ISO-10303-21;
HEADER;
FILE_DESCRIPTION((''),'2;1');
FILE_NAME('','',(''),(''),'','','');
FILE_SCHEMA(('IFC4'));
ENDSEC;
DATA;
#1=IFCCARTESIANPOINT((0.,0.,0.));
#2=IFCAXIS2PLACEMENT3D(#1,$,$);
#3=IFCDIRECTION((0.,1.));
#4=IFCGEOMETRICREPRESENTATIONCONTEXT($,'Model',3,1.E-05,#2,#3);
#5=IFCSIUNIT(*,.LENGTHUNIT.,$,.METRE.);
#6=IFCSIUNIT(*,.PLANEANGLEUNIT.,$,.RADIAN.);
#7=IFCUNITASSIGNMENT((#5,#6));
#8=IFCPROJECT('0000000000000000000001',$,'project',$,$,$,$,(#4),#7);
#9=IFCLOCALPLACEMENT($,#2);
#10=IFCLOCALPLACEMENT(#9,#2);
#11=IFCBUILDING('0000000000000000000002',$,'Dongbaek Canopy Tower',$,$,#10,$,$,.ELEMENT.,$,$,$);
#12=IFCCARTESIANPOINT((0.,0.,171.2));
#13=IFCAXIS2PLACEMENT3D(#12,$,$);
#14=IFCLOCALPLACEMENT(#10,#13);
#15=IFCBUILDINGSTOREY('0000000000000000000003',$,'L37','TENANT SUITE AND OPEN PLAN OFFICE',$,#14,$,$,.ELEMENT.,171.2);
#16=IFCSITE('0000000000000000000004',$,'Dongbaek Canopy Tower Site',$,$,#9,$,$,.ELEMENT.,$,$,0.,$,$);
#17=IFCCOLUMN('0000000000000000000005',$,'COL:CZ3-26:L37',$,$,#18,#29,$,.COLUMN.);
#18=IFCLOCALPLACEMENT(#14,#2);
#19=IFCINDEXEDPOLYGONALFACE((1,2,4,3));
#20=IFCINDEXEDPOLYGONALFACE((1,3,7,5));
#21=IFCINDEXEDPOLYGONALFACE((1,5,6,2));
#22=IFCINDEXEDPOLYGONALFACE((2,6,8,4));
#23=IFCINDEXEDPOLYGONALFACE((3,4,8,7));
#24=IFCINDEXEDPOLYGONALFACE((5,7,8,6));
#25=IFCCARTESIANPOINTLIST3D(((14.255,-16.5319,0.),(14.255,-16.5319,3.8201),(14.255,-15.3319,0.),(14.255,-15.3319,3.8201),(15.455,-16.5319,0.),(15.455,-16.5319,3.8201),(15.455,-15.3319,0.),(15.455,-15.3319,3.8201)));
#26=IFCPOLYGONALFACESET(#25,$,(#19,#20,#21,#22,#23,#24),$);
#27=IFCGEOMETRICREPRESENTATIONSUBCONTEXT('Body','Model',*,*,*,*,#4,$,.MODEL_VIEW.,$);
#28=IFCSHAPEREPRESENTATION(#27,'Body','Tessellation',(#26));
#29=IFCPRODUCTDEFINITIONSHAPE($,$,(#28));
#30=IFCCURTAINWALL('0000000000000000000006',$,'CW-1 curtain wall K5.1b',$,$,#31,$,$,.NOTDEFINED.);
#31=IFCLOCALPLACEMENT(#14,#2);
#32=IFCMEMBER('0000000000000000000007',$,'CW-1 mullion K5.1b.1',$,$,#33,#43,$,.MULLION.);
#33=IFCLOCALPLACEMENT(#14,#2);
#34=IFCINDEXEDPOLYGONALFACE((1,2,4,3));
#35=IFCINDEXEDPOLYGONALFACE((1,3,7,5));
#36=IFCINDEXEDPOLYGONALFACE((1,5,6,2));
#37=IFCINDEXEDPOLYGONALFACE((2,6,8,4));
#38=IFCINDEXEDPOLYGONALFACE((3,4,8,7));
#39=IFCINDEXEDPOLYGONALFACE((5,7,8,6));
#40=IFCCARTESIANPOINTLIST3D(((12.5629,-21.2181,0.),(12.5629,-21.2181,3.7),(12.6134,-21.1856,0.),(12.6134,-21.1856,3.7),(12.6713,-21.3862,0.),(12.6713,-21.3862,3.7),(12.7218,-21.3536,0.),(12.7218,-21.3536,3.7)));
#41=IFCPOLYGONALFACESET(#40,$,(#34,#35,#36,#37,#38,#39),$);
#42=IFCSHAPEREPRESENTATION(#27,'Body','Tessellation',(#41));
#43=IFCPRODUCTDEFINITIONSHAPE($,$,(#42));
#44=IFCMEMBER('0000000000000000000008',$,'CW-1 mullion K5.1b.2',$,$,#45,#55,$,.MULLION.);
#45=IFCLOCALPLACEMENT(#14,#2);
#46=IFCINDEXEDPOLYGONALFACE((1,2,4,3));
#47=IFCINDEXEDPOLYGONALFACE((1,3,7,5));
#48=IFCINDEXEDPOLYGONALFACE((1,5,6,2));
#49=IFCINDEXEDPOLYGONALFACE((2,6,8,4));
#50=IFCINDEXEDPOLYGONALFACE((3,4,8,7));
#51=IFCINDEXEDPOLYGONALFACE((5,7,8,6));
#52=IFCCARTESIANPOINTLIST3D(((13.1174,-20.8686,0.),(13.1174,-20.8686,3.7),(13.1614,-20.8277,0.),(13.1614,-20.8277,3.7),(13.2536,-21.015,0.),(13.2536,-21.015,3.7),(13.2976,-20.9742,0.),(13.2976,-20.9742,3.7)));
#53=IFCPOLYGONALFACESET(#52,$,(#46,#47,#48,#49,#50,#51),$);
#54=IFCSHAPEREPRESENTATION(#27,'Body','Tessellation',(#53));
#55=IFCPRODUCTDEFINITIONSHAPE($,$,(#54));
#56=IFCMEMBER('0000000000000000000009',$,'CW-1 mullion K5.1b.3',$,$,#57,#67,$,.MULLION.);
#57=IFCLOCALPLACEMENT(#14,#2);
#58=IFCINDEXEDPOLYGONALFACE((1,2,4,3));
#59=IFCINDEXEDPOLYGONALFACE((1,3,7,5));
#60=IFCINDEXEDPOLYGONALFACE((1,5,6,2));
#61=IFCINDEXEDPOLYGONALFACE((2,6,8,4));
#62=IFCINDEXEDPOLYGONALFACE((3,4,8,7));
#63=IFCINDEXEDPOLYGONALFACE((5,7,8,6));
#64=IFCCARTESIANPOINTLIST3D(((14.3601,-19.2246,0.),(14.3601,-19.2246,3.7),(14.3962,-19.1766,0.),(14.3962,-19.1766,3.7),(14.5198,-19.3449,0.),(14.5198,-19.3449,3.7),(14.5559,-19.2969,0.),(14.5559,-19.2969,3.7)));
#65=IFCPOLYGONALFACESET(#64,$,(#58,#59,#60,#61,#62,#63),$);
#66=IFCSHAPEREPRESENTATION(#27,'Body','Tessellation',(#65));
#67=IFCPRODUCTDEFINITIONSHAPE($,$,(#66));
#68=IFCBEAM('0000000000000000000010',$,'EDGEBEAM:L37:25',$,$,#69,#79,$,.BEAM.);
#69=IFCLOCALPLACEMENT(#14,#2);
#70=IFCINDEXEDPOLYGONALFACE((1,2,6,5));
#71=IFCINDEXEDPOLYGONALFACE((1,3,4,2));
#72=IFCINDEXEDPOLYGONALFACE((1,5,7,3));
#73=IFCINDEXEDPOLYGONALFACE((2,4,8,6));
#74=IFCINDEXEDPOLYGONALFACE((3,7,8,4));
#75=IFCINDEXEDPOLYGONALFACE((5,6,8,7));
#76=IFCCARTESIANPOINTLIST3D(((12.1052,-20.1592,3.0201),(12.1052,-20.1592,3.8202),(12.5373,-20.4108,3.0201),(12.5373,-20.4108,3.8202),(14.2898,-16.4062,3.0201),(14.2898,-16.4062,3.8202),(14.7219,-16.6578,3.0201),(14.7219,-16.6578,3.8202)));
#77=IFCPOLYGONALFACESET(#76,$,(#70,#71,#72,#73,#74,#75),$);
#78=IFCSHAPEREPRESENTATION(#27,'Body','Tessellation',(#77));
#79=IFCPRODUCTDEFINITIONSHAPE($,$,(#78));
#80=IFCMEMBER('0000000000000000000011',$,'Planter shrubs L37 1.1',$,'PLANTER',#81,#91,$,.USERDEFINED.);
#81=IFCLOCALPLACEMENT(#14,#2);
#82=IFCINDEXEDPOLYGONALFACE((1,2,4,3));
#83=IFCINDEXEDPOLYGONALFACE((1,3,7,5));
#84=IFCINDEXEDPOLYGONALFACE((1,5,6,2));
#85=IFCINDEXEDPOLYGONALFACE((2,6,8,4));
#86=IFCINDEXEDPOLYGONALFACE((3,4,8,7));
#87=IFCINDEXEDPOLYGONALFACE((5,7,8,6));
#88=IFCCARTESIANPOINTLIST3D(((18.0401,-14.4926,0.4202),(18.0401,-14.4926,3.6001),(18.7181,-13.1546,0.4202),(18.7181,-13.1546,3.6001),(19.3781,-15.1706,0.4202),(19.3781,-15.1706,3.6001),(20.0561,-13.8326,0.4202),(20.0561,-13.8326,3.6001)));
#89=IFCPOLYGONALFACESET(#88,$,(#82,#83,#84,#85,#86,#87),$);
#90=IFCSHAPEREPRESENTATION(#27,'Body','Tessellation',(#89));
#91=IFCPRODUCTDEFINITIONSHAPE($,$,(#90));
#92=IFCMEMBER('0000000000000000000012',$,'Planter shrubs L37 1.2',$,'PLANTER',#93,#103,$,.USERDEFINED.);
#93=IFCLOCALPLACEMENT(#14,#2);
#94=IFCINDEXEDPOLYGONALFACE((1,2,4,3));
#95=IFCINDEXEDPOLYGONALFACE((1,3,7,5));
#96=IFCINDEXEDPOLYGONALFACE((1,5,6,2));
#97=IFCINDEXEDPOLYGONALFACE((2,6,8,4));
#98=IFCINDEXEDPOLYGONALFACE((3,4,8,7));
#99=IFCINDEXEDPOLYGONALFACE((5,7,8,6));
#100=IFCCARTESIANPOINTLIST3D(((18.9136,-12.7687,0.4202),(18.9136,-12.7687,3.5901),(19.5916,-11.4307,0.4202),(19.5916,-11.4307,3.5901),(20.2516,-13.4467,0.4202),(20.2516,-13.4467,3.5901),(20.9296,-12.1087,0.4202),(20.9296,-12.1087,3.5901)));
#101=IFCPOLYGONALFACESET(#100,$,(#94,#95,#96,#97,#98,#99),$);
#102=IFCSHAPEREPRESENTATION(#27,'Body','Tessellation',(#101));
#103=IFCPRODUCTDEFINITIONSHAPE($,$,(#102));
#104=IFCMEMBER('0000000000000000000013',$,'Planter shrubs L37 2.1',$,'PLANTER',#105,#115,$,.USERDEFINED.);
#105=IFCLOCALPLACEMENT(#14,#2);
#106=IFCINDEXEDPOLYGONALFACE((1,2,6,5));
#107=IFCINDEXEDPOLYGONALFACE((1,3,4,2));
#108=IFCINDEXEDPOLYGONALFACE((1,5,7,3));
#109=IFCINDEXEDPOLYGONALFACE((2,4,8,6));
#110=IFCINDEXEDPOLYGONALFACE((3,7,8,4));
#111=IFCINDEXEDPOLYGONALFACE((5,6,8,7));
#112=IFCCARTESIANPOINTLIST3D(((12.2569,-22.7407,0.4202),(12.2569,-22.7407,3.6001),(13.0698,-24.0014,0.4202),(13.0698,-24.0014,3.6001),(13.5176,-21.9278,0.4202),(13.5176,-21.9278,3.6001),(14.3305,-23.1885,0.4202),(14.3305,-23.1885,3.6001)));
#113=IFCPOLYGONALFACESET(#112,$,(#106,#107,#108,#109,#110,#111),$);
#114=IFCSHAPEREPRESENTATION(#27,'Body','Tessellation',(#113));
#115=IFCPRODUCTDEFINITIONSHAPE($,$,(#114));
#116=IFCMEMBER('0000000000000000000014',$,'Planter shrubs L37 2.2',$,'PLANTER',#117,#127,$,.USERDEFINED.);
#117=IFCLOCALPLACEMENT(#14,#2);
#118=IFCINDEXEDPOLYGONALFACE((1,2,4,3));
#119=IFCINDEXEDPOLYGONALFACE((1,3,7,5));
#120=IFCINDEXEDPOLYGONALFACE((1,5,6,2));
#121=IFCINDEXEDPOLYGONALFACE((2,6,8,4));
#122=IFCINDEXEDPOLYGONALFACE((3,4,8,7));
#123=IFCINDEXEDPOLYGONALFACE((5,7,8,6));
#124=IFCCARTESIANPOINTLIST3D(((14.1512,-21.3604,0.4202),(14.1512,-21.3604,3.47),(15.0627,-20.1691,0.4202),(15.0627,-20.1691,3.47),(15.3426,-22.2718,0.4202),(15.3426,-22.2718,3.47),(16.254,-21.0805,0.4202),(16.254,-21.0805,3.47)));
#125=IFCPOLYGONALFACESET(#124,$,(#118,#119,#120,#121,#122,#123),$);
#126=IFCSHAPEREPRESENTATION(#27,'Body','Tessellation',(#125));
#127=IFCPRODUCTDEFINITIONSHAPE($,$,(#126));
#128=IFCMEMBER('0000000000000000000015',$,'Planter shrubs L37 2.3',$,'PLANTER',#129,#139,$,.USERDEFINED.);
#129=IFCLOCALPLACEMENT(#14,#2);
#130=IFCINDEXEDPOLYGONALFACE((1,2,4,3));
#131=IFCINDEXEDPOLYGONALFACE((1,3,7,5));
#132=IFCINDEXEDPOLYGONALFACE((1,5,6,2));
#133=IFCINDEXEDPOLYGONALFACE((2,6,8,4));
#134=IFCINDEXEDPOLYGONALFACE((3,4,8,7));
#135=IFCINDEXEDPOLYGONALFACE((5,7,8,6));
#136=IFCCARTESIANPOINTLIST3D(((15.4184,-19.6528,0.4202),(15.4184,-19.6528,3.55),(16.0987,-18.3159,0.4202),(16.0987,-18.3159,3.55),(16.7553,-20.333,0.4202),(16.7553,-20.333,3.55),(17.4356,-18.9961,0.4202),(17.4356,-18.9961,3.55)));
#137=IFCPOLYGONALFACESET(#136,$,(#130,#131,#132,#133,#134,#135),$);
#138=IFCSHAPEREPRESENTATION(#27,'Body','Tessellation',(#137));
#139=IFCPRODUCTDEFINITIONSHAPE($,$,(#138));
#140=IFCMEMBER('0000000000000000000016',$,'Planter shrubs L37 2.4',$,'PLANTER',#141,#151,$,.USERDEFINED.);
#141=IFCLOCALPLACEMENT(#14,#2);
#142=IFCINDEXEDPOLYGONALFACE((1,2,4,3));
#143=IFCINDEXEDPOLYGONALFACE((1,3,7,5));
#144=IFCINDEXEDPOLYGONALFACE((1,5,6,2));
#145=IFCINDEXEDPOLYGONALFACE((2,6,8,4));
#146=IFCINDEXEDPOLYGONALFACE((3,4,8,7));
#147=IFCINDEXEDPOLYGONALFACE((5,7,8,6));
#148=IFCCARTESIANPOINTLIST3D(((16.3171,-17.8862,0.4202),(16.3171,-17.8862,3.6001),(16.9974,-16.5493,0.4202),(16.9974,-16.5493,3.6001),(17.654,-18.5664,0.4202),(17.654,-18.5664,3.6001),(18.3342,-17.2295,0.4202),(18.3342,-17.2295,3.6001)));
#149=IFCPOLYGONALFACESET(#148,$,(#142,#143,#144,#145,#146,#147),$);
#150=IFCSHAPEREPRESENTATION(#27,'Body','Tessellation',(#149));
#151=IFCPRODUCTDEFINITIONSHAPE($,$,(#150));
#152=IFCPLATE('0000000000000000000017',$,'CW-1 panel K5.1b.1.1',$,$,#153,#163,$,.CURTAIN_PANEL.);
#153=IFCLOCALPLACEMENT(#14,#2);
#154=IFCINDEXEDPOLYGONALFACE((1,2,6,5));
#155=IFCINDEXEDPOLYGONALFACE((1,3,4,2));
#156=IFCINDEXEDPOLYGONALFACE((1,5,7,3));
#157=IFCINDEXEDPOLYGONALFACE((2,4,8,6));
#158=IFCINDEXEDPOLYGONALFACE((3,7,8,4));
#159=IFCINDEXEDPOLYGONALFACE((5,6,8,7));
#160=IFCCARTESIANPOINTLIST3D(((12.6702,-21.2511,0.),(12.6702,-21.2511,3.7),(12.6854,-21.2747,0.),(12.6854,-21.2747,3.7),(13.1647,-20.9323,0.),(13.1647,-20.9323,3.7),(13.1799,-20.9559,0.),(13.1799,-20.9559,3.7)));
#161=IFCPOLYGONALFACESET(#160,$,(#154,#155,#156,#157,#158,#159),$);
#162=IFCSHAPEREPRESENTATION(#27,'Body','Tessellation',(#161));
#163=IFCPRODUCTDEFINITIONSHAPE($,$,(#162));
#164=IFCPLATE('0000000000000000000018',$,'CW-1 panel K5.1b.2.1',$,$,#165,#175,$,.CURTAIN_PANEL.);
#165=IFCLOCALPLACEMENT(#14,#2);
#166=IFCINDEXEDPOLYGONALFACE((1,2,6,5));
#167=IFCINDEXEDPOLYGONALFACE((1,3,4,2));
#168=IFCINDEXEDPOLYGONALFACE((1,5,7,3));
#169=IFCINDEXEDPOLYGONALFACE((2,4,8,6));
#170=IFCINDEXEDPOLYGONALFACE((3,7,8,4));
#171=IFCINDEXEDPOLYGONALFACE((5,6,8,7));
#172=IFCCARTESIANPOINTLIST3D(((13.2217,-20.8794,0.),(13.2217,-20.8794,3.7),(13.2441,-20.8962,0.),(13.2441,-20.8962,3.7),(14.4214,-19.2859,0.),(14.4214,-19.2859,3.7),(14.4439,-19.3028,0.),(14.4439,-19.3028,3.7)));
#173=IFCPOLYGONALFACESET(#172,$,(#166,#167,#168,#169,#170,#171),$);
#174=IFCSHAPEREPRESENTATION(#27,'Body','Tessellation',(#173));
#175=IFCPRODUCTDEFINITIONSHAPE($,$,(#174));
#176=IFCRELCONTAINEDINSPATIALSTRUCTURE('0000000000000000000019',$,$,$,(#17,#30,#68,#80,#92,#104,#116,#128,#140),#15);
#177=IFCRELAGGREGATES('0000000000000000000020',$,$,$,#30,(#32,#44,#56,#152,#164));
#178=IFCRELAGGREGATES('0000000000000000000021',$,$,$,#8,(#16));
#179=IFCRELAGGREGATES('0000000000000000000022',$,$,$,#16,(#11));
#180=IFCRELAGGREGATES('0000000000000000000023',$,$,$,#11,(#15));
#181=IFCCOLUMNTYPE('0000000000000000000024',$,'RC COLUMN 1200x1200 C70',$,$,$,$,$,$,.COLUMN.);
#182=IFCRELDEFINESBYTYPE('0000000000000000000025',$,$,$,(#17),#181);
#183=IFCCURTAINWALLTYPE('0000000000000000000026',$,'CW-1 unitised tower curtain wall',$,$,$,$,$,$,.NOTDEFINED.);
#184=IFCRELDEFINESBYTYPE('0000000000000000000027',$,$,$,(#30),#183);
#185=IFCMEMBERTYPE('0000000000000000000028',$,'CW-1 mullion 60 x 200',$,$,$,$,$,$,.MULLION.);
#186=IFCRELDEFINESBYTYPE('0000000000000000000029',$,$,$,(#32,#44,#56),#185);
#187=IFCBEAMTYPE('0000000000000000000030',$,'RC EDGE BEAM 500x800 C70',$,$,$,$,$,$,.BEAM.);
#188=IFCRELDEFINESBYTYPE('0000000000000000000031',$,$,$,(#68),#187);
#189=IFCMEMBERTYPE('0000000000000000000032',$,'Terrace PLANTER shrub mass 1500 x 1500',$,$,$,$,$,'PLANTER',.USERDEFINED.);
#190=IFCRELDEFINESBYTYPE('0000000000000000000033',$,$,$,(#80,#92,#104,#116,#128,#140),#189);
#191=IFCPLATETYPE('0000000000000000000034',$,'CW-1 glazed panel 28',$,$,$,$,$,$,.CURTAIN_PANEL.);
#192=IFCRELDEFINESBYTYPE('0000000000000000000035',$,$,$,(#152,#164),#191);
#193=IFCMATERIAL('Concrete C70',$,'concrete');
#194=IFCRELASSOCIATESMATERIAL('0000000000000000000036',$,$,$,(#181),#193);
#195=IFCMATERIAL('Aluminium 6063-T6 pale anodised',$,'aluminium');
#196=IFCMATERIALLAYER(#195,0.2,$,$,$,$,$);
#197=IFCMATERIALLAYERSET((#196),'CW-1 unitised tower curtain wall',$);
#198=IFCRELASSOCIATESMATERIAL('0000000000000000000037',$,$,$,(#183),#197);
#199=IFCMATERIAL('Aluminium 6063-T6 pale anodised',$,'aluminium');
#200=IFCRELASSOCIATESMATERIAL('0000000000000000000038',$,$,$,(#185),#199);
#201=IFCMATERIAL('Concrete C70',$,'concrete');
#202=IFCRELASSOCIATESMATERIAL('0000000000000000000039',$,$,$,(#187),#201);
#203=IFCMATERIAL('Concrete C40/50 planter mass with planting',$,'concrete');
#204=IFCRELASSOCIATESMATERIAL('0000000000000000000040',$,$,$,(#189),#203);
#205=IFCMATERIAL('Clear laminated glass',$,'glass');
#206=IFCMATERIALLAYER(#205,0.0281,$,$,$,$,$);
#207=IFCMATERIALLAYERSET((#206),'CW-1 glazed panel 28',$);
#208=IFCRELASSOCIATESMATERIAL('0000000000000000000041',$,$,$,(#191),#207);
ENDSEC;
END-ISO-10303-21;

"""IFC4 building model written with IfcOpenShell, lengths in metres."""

from ifc_helpers import new_model, si_unit, direction, frame, origin, origin_2d, place, context, subcontext, project, spatial, rectangle, extrude, material, layer, layer_set, material_profile, profile_set, type_object, element, aggregate, save


model = new_model("IFC4")

# Units and contexts
model_context = context("Model", 3, precision=1e-05, world=origin(), true_north=direction((0.0, 1.0)))
body_context = subcontext(model_context, "Body", "Model", "MODEL_VIEW")
ifc_project = project(units=[si_unit("LENGTHUNIT", "METRE"), si_unit("PLANEANGLEUNIT", "RADIAN")], contexts=[model_context])

# Site, building, storey
site_placement = place(None, origin())
site = spatial("IfcSite", under=ifc_project, at=site_placement, Name="Dongbaek Canopy Tower Site", CompositionType="ELEMENT", RefElevation=0.0)
building_placement = place(site_placement, origin())
building = spatial("IfcBuilding", under=site, at=building_placement, Name="Dongbaek Canopy Tower", CompositionType="ELEMENT")
storey_placement = place(building_placement, frame((0.0, 0.0, 171.2)))
storey = spatial("IfcBuildingStorey", under=building, at=storey_placement, Name="L37", Description="TENANT SUITE AND OPEN PLAN OFFICE", CompositionType="ELEMENT", Elevation=171.2)

# Column
ifc_material_1 = material(Name="Concrete C70", Category="concrete")
ifc_material_profile_1 = material_profile(ifc_material_1, rectangle(XDim=1.2, YDim=1.2, at=origin_2d()), Name="RC COLUMN 1200x1200 C70")
ifc_profile_set_1 = profile_set([ifc_material_profile_1], Name="Concrete C70")
column_type = type_object("IfcColumnType", Name="RC COLUMN 1200x1200 C70", PredefinedType="COLUMN", material=ifc_profile_set_1)
column_placement = place(storey_placement, frame((14.855, -15.9319, 0.0), z_axis=(0.0, 0.0, 1.0), x_axis=(1.0, 0.0, 0.0)))
element("IfcColumn", 1, at=column_placement, inside=storey, type_object=column_type, Name="COL:CZ3-26:L37", PredefinedType="COLUMN", context=body_context, shape_type="SweptSolid", body=[
    extrude(rectangle(XDim=1.2, YDim=1.2, at=origin_2d()), origin(), (0.0, 0.0, 1.0), 3.8201),
])

# Curtain wall, members
ifc_material_2 = material(Name="Aluminium 6063-T6 pale anodised", Category="aluminium")
ifc_layer_1 = layer(ifc_material_2, 0.2)
ifc_layer_set_1 = layer_set([ifc_layer_1], Name="CW-1 unitised tower curtain wall")
curtain_wall_type = type_object("IfcCurtainWallType", Name="CW-1 unitised tower curtain wall", PredefinedType="NOTDEFINED", material=ifc_layer_set_1)
curtain_wall_placement = place(storey_placement, origin())
curtain_wall = element("IfcCurtainWall", 2, at=curtain_wall_placement, inside=storey, type_object=curtain_wall_type, Name="CW-1 curtain wall K5.1b", PredefinedType="NOTDEFINED")
ifc_material_3 = material(Name="Aluminium 6063-T6 pale anodised", Category="aluminium")
ifc_material_profile_2 = material_profile(ifc_material_3, rectangle(XDim=0.2, YDim=0.0601, at=origin_2d()), Name="CW-1 mullion 60 x 200")
ifc_profile_set_2 = profile_set([ifc_material_profile_2], Name="Aluminium 6063-T6 pale anodised")
member_type_1 = type_object("IfcMemberType", Name="CW-1 mullion 60 x 200", PredefinedType="MULLION", material=ifc_profile_set_2)
member_1_placement = place(storey_placement, frame((12.6423, -21.2859, 0.0), z_axis=(0.0, 0.0, 1.0), x_axis=(0.541917, -0.840432, 0.0)))
member_1 = element("IfcMember", 3, at=member_1_placement, type_object=member_type_1, Name="CW-1 mullion K5.1b.1", PredefinedType="MULLION", context=body_context, shape_type="SweptSolid", body=[
    extrude(rectangle(XDim=0.2, YDim=0.0601, at=origin_2d()), origin(), (0.0, 0.0, 1.0), 3.7),
])
member_2_placement = place(storey_placement, frame((13.2075, -20.9214, 0.0), z_axis=(0.0, 0.0, 1.0), x_axis=(0.680959, -0.732322, 0.0)))
member_2 = element("IfcMember", 4, at=member_2_placement, type_object=member_type_1, Name="CW-1 mullion K5.1b.2", PredefinedType="MULLION", context=body_context, shape_type="SweptSolid", body=[
    extrude(rectangle(XDim=0.2, YDim=0.0601, at=origin_2d()), origin(), (0.0, 0.0, 1.0), 3.7),
])
member_3_placement = place(storey_placement, frame((14.458, -19.2607, 0.0), z_axis=(0.0, 0.0, 1.0), x_axis=(0.798877, -0.601495, 0.0)))
member_3 = element("IfcMember", 5, at=member_3_placement, type_object=member_type_1, Name="CW-1 mullion K5.1b.3", PredefinedType="MULLION", context=body_context, shape_type="SweptSolid", body=[
    extrude(rectangle(XDim=0.2, YDim=0.0601, at=origin_2d()), origin(), (0.0, 0.0, 1.0), 3.7),
])

# Beam
ifc_material_4 = material(Name="Concrete C70", Category="concrete")
ifc_material_profile_3 = material_profile(ifc_material_4, rectangle(XDim=0.5, YDim=0.8, at=origin_2d()), Name="RC EDGE BEAM 500x800 C70")
ifc_profile_set_3 = profile_set([ifc_material_profile_3], Name="Concrete C70")
beam_type = type_object("IfcBeamType", Name="RC EDGE BEAM 500x800 C70", PredefinedType="BEAM", material=ifc_profile_set_3)
beam_placement = place(storey_placement, frame((14.5059, -16.532, 3.4202), z_axis=(-0.503074, -0.864243, 0.0), x_axis=(0.864243, -0.503074, 0.0)))
element("IfcBeam", 6, at=beam_placement, inside=storey, type_object=beam_type, Name="EDGEBEAM:L37:25", PredefinedType="BEAM", context=body_context, shape_type="SweptSolid", body=[
    extrude(rectangle(XDim=0.5, YDim=0.8, at=origin_2d()), origin(), (0.0, 0.0, 1.0), 4.3425),
])

# Members
ifc_material_5 = material(Name="Concrete C40/50 planter mass with planting", Category="concrete")
ifc_material_profile_4 = material_profile(ifc_material_5, rectangle(XDim=1.5, YDim=1.5, at=origin_2d()), Name="Terrace PLANTER shrub mass 1500 x 1500")
ifc_profile_set_4 = profile_set([ifc_material_profile_4], Name="Concrete C40/50 planter mass with planting")
member_type_2 = type_object("IfcMemberType", Name="Terrace PLANTER shrub mass 1500 x 1500", ElementType="PLANTER", PredefinedType="USERDEFINED", material=ifc_profile_set_4)
member_4_placement = place(storey_placement, frame((19.0481, -14.1626, 0.4202), z_axis=(0.0, 0.0, 1.0), x_axis=(0.892013, -0.452009, 0.0)))
element("IfcMember", 7, at=member_4_placement, inside=storey, type_object=member_type_2, Name="Planter shrubs L37 1.1", ObjectType="PLANTER", PredefinedType="USERDEFINED", context=body_context, shape_type="SweptSolid", body=[
    extrude(rectangle(XDim=1.5, YDim=1.5, at=origin_2d()), origin(), (0.0, 0.0, 1.0), 3.1799),
])
member_5_placement = place(storey_placement, frame((19.9216, -12.4387, 0.4202), z_axis=(0.0, 0.0, 1.0), x_axis=(0.892013, -0.452009, 0.0)))
element("IfcMember", 8, at=member_5_placement, inside=storey, type_object=member_type_2, Name="Planter shrubs L37 1.2", ObjectType="PLANTER", PredefinedType="USERDEFINED", context=body_context, shape_type="SweptSolid", body=[
    extrude(rectangle(XDim=1.5, YDim=1.5, at=origin_2d()), origin(), (0.0, 0.0, 1.0), 3.1699),
])
member_6_placement = place(storey_placement, frame((13.2937, -22.9646, 0.4202), z_axis=(0.0, 0.0, 1.0), x_axis=(0.541917, -0.840432, 0.0)))
element("IfcMember", 9, at=member_6_placement, inside=storey, type_object=member_type_2, Name="Planter shrubs L37 2.1", ObjectType="PLANTER", PredefinedType="USERDEFINED", context=body_context, shape_type="SweptSolid", body=[
    extrude(rectangle(XDim=1.5, YDim=1.5, at=origin_2d()), origin(), (0.0, 0.0, 1.0), 3.1799),
])
member_7_placement = place(storey_placement, frame((15.2026, -21.2205, 0.4202), z_axis=(0.0, 0.0, 1.0), x_axis=(0.79422, -0.60763, 0.0)))
element("IfcMember", 10, at=member_7_placement, inside=storey, type_object=member_type_2, Name="Planter shrubs L37 2.2", ObjectType="PLANTER", PredefinedType="USERDEFINED", context=body_context, shape_type="SweptSolid", body=[
    extrude(rectangle(XDim=1.5, YDim=1.5, at=origin_2d()), origin(), (0.0, 0.0, 1.0), 3.0498),
])
member_8_placement = place(storey_placement, frame((16.427, -19.3245, 0.4202), z_axis=(0.0, 0.0, 1.0), x_axis=(0.891263, -0.453486, 0.0)))
element("IfcMember", 11, at=member_8_placement, inside=storey, type_object=member_type_2, Name="Planter shrubs L37 2.3", ObjectType="PLANTER", PredefinedType="USERDEFINED", context=body_context, shape_type="SweptSolid", body=[
    extrude(rectangle(XDim=1.5, YDim=1.5, at=origin_2d()), origin(), (0.0, 0.0, 1.0), 3.1299),
])
member_9_placement = place(storey_placement, frame((17.3257, -17.5579, 0.4202), z_axis=(0.0, 0.0, 1.0), x_axis=(0.891263, -0.453486, 0.0)))
element("IfcMember", 12, at=member_9_placement, inside=storey, type_object=member_type_2, Name="Planter shrubs L37 2.4", ObjectType="PLANTER", PredefinedType="USERDEFINED", context=body_context, shape_type="SweptSolid", body=[
    extrude(rectangle(XDim=1.5, YDim=1.5, at=origin_2d()), origin(), (0.0, 0.0, 1.0), 3.1799),
])

# Plates
ifc_material_6 = material(Name="Clear laminated glass", Category="glass")
ifc_layer_2 = layer(ifc_material_6, 0.0281)
ifc_layer_set_2 = layer_set([ifc_layer_2], Name="CW-1 glazed panel 28")
plate_type = type_object("IfcPlateType", Name="CW-1 glazed panel 28", PredefinedType="CURTAIN_PANEL", material=ifc_layer_set_2)
plate_1_placement = place(storey_placement, frame((12.925, -21.1035, 0.0), z_axis=(0.0, 0.0, 1.0), x_axis=(0.840432, 0.541917, 0.0)))
plate_1 = element("IfcPlate", 13, at=plate_1_placement, type_object=plate_type, Name="CW-1 panel K5.1b.1.1", PredefinedType="CURTAIN_PANEL", context=body_context, shape_type="SweptSolid", body=[
    extrude(rectangle(XDim=0.5884, YDim=0.0281, at=origin_2d()), origin(), (0.0, 0.0, 1.0), 3.7),
])
plate_2_placement = place(storey_placement, frame((13.8328, -20.0911, 0.0), z_axis=(0.0, 0.0, 1.0), x_axis=(0.601495, 0.798877, 0.0)))
plate_2 = element("IfcPlate", 14, at=plate_2_placement, type_object=plate_type, Name="CW-1 panel K5.1b.2.1", PredefinedType="CURTAIN_PANEL", context=body_context, shape_type="SweptSolid", body=[
    extrude(rectangle(XDim=1.9946, YDim=0.0281, at=origin_2d()), origin(), (0.0, 0.0, 1.0), 3.7),
])
aggregate(curtain_wall, [member_1, member_2, member_3, plate_1, plate_2])

save(model, "model.ifc")
